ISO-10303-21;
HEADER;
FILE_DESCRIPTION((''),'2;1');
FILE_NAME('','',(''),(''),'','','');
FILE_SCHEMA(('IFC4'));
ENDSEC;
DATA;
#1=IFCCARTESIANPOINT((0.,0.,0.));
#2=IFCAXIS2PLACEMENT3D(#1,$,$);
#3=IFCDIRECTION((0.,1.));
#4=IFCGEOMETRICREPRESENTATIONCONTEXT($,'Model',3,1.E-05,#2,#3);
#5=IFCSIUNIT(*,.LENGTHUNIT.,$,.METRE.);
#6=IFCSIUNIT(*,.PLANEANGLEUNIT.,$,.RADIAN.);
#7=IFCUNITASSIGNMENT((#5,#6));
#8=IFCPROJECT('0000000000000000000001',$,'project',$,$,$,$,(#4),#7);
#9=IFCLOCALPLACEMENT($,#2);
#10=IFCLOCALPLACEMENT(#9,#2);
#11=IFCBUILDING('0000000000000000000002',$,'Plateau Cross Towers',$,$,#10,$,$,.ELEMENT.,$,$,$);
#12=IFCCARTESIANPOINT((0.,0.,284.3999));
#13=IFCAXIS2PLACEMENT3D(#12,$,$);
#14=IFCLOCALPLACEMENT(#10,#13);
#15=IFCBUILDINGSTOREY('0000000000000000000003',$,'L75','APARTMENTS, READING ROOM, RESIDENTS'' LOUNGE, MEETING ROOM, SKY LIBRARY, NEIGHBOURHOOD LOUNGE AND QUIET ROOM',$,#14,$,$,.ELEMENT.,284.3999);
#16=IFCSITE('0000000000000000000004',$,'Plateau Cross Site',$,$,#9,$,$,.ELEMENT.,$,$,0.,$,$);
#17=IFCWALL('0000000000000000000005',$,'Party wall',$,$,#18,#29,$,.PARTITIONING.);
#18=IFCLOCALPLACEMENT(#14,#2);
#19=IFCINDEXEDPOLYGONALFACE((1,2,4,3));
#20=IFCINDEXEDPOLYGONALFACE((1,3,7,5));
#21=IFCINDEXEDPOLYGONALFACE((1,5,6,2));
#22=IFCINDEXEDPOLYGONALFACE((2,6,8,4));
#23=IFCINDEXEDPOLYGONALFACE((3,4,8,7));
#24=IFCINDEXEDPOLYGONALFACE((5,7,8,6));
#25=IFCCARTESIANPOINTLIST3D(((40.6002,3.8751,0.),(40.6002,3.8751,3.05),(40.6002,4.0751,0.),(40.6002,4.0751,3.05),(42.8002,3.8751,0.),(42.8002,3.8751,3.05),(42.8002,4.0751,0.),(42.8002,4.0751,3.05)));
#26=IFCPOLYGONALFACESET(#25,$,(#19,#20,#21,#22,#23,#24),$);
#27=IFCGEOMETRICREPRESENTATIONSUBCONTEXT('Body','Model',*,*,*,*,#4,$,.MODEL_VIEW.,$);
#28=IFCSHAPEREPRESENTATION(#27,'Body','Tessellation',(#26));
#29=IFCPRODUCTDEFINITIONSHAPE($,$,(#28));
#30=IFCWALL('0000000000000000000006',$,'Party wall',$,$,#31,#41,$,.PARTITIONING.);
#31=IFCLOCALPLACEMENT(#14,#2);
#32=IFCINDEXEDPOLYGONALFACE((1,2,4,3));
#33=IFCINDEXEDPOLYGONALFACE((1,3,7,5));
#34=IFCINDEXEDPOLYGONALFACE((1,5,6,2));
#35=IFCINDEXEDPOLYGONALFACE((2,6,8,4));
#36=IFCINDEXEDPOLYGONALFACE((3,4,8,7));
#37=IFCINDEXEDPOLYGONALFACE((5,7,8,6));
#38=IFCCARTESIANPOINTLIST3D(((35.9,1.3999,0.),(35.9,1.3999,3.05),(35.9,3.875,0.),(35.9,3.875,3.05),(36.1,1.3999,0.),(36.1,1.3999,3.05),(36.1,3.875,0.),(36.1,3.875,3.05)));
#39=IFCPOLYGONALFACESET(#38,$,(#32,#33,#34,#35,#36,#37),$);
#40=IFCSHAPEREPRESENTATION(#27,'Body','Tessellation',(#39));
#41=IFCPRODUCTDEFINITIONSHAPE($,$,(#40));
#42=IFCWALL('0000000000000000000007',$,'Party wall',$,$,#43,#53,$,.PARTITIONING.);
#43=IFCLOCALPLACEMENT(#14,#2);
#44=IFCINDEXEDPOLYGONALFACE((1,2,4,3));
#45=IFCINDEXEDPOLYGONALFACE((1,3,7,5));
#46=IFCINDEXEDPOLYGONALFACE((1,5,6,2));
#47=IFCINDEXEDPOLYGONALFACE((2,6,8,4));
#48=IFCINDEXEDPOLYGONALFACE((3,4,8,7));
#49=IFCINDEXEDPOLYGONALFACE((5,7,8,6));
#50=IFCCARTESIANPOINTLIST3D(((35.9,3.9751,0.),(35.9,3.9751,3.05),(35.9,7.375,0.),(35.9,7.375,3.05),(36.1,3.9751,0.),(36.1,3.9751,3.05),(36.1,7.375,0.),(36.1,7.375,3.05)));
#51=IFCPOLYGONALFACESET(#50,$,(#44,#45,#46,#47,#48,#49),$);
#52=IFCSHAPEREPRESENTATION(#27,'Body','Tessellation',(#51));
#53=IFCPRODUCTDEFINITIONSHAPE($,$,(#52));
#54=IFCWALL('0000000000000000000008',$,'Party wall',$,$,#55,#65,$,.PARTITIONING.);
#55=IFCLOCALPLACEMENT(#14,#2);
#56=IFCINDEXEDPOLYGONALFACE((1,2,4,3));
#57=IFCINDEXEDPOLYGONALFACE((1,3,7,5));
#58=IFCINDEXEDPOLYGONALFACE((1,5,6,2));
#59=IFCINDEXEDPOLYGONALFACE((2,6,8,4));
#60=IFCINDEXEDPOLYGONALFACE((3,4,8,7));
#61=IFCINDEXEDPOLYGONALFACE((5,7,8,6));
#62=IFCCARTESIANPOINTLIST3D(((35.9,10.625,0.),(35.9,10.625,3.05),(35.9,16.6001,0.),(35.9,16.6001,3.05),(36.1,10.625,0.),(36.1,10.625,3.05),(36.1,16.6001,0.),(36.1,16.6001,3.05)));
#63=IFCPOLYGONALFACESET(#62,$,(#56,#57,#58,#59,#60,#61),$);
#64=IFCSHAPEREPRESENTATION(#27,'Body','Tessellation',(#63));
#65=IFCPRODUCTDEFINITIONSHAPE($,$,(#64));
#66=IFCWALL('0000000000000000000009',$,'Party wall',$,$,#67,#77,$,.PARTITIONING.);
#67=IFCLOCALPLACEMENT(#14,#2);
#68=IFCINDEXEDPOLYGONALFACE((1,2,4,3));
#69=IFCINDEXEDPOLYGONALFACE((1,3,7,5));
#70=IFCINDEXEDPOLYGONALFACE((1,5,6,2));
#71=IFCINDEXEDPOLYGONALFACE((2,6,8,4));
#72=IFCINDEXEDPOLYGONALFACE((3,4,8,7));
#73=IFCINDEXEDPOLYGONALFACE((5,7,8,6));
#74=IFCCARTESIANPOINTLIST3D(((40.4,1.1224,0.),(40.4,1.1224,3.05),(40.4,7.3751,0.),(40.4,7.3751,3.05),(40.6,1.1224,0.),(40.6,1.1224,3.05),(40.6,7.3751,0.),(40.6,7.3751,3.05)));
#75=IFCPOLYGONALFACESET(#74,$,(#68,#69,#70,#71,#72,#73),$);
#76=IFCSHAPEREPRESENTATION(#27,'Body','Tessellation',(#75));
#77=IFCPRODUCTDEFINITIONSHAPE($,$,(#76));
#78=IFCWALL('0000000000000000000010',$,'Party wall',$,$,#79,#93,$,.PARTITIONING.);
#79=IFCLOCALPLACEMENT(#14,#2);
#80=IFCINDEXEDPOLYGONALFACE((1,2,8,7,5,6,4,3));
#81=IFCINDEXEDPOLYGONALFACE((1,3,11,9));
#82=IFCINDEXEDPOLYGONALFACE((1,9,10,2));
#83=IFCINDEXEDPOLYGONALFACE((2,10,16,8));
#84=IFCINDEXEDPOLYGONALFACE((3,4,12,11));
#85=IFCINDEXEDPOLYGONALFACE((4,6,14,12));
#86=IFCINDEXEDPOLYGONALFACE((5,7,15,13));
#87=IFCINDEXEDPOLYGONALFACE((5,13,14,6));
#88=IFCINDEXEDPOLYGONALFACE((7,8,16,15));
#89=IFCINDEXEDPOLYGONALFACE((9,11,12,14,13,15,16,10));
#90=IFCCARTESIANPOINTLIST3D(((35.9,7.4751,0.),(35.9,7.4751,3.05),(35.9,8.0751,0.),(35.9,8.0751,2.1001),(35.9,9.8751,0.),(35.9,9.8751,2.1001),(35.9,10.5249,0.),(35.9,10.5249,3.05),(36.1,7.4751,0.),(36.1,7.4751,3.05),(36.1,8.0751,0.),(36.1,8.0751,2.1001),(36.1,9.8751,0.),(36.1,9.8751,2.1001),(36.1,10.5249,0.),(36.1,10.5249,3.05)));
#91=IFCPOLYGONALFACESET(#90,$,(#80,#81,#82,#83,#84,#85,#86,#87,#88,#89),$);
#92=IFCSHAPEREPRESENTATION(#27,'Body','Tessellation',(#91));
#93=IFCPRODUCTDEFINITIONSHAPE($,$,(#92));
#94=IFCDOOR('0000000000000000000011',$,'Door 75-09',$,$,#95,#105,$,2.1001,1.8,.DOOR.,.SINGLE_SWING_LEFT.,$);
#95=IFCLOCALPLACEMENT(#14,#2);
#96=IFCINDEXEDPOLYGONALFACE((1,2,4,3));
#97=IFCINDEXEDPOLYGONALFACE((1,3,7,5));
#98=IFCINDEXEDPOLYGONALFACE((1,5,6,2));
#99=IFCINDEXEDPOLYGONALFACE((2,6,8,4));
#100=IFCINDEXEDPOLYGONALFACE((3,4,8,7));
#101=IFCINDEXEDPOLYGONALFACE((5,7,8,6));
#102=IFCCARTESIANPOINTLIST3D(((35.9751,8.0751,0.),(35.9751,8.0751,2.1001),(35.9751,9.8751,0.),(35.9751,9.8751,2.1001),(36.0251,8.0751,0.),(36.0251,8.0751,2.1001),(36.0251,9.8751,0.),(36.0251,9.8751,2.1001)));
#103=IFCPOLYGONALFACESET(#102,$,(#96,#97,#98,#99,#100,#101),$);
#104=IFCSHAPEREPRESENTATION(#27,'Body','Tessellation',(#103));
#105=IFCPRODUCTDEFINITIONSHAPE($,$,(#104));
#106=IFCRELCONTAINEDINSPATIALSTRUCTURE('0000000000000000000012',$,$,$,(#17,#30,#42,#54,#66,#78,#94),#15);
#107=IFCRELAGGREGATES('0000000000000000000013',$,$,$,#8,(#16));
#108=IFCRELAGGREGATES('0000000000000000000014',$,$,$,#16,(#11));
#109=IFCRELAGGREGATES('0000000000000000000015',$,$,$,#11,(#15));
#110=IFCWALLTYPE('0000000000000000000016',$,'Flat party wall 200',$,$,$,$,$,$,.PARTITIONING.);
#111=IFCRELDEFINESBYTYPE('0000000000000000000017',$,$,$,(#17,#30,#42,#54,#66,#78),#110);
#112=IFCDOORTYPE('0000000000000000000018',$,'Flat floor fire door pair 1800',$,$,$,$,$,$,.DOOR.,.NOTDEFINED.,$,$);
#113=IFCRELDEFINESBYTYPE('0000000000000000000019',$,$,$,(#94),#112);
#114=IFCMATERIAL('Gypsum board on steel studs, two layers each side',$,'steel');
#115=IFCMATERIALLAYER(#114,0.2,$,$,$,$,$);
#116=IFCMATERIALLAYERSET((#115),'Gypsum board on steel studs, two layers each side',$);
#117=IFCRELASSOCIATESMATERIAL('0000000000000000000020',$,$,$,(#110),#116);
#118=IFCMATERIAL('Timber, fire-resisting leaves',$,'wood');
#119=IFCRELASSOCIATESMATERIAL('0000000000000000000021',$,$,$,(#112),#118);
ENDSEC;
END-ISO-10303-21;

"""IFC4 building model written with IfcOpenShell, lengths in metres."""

from ifc_helpers import new_model, si_unit, direction, frame, frame_2d, origin, place, context, subcontext, project, spatial, rectangle, extrude, material, layer, layer_set, type_object, element, fill, save


model = new_model("IFC4")

# Units and contexts
model_context = context("Model", 3, precision=1e-05, world=origin(), true_north=direction((0.0, 1.0)))
body_context = subcontext(model_context, "Body", "Model", "MODEL_VIEW")
ifc_project = project(units=[si_unit("LENGTHUNIT", "METRE"), si_unit("PLANEANGLEUNIT", "RADIAN")], contexts=[model_context])

# Site, building, storey
site_placement = place(None, origin())
site = spatial("IfcSite", under=ifc_project, at=site_placement, Name="Plateau Cross Site", CompositionType="ELEMENT", RefElevation=0.0)
building_placement = place(site_placement, origin())
building = spatial("IfcBuilding", under=site, at=building_placement, Name="Plateau Cross Towers", CompositionType="ELEMENT")
storey_placement = place(building_placement, frame((0.0, 0.0, 284.3999)))
storey = spatial("IfcBuildingStorey", under=building, at=storey_placement, Name="L75", Description="APARTMENTS, READING ROOM, RESIDENTS' LOUNGE, MEETING ROOM, SKY LIBRARY, NEIGHBOURHOOD LOUNGE AND QUIET ROOM", CompositionType="ELEMENT", Elevation=284.3999)

# Walls
ifc_material_1 = material(Name="Gypsum board on steel studs, two layers each side", Category="steel")
ifc_layer_1 = layer(ifc_material_1, 0.2)
ifc_layer_set_1 = layer_set([ifc_layer_1], Name="Gypsum board on steel studs, two layers each side")
wall_type_1 = type_object("IfcWallType", Name="Flat party wall 200", PredefinedType="PARTITIONING", material=ifc_layer_set_1)
wall_1_placement = place(storey_placement, frame((40.6001, 3.9751, 0.0), z_axis=(0.0, 0.0, 1.0), x_axis=(1.0, 0.0, 0.0)))
element("IfcWall", 1, at=wall_1_placement, inside=storey, type_object=wall_type_1, Name="Party wall", PredefinedType="PARTITIONING", context=body_context, shape_type="SweptSolid", body=[
    extrude(rectangle(XDim=2.2, YDim=0.2, at=frame_2d((1.1001, 0.0))), origin(), (0.0, 0.0, 1.0), 3.05),
])
wall_2_placement = place(storey_placement, frame((36.0, 3.875, 0.0), z_axis=(0.0, 0.0, 1.0), x_axis=(0.0, -1.0, 0.0)))
element("IfcWall", 2, at=wall_2_placement, inside=storey, type_object=wall_type_1, Name="Party wall", PredefinedType="PARTITIONING", context=body_context, shape_type="SweptSolid", body=[
    extrude(rectangle(XDim=2.4751, YDim=0.2, at=frame_2d((1.2375, 0.0))), origin(), (0.0, 0.0, 1.0), 3.05),
])
wall_3_placement = place(storey_placement, frame((36.0, 3.9751, 0.0), z_axis=(0.0, 0.0, 1.0), x_axis=(0.0, 1.0, 0.0)))
element("IfcWall", 3, at=wall_3_placement, inside=storey, type_object=wall_type_1, Name="Party wall", PredefinedType="PARTITIONING", context=body_context, shape_type="SweptSolid", body=[
    extrude(rectangle(XDim=3.3999, YDim=0.2, at=frame_2d((1.7, 0.0))), origin(), (0.0, 0.0, 1.0), 3.05),
])
wall_4_placement = place(storey_placement, frame((36.0, 10.625, 0.0), z_axis=(0.0, 0.0, 1.0), x_axis=(0.0, 1.0, 0.0)))
element("IfcWall", 4, at=wall_4_placement, inside=storey, type_object=wall_type_1, Name="Party wall", PredefinedType="PARTITIONING", context=body_context, shape_type="SweptSolid", body=[
    extrude(rectangle(XDim=5.9751, YDim=0.2, at=frame_2d((2.9875, 0.0))), origin(), (0.0, 0.0, 1.0), 3.05),
])
wall_5_placement = place(storey_placement, frame((40.5, 1.1223, 0.0), z_axis=(0.0, 0.0, 1.0), x_axis=(0.0, 1.0, 0.0)))
element("IfcWall", 5, at=wall_5_placement, inside=storey, type_object=wall_type_1, Name="Party wall", PredefinedType="PARTITIONING", context=body_context, shape_type="SweptSolid", body=[
    extrude(rectangle(XDim=6.2527, YDim=0.2, at=frame_2d((3.1265, 0.0))), origin(), (0.0, 0.0, 1.0), 3.05),
])

# Wall, opening, door
wall_6_placement = place(storey_placement, frame((36.0, 7.4751, 0.0), z_axis=(0.0, 0.0, 1.0), x_axis=(0.0, 1.0, 0.0)))
wall_6 = element("IfcWall", 6, at=wall_6_placement, inside=storey, type_object=wall_type_1, Name="Party wall", PredefinedType="PARTITIONING", context=body_context, shape_type="SweptSolid", body=[
    extrude(rectangle(XDim=3.0498, YDim=0.2, at=frame_2d((1.5249, 0.0))), origin(), (0.0, 0.0, 1.0), 3.05),
])
opening_1_placement = place(wall_6_placement, frame((0.6001, 0.0, 0.0)))
opening_1 = element("IfcOpeningElement", 7, at=opening_1_placement, cuts=wall_6, PredefinedType="OPENING", context=body_context, shape_type="SweptSolid", body=[
    extrude(rectangle(XDim=1.8, YDim=2.1001, at=frame_2d((0.8999, 1.05))), frame((0.0, 0.1099, 0.0), z_axis=(0.0, -1.0, 0.0), x_axis=(1.0, 0.0, 0.0)), (0.0, 0.0, 1.0), 0.22),
])
ifc_material_2 = material(Name="Timber, fire-resisting leaves", Category="wood")
door_type_1 = type_object("IfcDoorType", Name="Flat floor fire door pair 1800", OperationType="NOTDEFINED", PredefinedType="DOOR", material=ifc_material_2)
door_1_placement = place(opening_1_placement, origin())
door_1 = element("IfcDoor", 8, at=door_1_placement, inside=storey, type_object=door_type_1, Name="Door 75-09", OperationType="SINGLE_SWING_LEFT", OverallHeight=2.1001, OverallWidth=1.8, PredefinedType="DOOR", context=body_context, shape_type="SweptSolid", body=[
    extrude(rectangle(XDim=1.8, YDim=2.1001, at=frame_2d((0.8999, 1.05))), frame((0.0, 0.0249, 0.0), z_axis=(0.0, -1.0, 0.0), x_axis=(1.0, 0.0, 0.0)), (0.0, 0.0, 1.0), 0.05),
])
fill(opening_1, door_1)

save(model, "model.ifc")
